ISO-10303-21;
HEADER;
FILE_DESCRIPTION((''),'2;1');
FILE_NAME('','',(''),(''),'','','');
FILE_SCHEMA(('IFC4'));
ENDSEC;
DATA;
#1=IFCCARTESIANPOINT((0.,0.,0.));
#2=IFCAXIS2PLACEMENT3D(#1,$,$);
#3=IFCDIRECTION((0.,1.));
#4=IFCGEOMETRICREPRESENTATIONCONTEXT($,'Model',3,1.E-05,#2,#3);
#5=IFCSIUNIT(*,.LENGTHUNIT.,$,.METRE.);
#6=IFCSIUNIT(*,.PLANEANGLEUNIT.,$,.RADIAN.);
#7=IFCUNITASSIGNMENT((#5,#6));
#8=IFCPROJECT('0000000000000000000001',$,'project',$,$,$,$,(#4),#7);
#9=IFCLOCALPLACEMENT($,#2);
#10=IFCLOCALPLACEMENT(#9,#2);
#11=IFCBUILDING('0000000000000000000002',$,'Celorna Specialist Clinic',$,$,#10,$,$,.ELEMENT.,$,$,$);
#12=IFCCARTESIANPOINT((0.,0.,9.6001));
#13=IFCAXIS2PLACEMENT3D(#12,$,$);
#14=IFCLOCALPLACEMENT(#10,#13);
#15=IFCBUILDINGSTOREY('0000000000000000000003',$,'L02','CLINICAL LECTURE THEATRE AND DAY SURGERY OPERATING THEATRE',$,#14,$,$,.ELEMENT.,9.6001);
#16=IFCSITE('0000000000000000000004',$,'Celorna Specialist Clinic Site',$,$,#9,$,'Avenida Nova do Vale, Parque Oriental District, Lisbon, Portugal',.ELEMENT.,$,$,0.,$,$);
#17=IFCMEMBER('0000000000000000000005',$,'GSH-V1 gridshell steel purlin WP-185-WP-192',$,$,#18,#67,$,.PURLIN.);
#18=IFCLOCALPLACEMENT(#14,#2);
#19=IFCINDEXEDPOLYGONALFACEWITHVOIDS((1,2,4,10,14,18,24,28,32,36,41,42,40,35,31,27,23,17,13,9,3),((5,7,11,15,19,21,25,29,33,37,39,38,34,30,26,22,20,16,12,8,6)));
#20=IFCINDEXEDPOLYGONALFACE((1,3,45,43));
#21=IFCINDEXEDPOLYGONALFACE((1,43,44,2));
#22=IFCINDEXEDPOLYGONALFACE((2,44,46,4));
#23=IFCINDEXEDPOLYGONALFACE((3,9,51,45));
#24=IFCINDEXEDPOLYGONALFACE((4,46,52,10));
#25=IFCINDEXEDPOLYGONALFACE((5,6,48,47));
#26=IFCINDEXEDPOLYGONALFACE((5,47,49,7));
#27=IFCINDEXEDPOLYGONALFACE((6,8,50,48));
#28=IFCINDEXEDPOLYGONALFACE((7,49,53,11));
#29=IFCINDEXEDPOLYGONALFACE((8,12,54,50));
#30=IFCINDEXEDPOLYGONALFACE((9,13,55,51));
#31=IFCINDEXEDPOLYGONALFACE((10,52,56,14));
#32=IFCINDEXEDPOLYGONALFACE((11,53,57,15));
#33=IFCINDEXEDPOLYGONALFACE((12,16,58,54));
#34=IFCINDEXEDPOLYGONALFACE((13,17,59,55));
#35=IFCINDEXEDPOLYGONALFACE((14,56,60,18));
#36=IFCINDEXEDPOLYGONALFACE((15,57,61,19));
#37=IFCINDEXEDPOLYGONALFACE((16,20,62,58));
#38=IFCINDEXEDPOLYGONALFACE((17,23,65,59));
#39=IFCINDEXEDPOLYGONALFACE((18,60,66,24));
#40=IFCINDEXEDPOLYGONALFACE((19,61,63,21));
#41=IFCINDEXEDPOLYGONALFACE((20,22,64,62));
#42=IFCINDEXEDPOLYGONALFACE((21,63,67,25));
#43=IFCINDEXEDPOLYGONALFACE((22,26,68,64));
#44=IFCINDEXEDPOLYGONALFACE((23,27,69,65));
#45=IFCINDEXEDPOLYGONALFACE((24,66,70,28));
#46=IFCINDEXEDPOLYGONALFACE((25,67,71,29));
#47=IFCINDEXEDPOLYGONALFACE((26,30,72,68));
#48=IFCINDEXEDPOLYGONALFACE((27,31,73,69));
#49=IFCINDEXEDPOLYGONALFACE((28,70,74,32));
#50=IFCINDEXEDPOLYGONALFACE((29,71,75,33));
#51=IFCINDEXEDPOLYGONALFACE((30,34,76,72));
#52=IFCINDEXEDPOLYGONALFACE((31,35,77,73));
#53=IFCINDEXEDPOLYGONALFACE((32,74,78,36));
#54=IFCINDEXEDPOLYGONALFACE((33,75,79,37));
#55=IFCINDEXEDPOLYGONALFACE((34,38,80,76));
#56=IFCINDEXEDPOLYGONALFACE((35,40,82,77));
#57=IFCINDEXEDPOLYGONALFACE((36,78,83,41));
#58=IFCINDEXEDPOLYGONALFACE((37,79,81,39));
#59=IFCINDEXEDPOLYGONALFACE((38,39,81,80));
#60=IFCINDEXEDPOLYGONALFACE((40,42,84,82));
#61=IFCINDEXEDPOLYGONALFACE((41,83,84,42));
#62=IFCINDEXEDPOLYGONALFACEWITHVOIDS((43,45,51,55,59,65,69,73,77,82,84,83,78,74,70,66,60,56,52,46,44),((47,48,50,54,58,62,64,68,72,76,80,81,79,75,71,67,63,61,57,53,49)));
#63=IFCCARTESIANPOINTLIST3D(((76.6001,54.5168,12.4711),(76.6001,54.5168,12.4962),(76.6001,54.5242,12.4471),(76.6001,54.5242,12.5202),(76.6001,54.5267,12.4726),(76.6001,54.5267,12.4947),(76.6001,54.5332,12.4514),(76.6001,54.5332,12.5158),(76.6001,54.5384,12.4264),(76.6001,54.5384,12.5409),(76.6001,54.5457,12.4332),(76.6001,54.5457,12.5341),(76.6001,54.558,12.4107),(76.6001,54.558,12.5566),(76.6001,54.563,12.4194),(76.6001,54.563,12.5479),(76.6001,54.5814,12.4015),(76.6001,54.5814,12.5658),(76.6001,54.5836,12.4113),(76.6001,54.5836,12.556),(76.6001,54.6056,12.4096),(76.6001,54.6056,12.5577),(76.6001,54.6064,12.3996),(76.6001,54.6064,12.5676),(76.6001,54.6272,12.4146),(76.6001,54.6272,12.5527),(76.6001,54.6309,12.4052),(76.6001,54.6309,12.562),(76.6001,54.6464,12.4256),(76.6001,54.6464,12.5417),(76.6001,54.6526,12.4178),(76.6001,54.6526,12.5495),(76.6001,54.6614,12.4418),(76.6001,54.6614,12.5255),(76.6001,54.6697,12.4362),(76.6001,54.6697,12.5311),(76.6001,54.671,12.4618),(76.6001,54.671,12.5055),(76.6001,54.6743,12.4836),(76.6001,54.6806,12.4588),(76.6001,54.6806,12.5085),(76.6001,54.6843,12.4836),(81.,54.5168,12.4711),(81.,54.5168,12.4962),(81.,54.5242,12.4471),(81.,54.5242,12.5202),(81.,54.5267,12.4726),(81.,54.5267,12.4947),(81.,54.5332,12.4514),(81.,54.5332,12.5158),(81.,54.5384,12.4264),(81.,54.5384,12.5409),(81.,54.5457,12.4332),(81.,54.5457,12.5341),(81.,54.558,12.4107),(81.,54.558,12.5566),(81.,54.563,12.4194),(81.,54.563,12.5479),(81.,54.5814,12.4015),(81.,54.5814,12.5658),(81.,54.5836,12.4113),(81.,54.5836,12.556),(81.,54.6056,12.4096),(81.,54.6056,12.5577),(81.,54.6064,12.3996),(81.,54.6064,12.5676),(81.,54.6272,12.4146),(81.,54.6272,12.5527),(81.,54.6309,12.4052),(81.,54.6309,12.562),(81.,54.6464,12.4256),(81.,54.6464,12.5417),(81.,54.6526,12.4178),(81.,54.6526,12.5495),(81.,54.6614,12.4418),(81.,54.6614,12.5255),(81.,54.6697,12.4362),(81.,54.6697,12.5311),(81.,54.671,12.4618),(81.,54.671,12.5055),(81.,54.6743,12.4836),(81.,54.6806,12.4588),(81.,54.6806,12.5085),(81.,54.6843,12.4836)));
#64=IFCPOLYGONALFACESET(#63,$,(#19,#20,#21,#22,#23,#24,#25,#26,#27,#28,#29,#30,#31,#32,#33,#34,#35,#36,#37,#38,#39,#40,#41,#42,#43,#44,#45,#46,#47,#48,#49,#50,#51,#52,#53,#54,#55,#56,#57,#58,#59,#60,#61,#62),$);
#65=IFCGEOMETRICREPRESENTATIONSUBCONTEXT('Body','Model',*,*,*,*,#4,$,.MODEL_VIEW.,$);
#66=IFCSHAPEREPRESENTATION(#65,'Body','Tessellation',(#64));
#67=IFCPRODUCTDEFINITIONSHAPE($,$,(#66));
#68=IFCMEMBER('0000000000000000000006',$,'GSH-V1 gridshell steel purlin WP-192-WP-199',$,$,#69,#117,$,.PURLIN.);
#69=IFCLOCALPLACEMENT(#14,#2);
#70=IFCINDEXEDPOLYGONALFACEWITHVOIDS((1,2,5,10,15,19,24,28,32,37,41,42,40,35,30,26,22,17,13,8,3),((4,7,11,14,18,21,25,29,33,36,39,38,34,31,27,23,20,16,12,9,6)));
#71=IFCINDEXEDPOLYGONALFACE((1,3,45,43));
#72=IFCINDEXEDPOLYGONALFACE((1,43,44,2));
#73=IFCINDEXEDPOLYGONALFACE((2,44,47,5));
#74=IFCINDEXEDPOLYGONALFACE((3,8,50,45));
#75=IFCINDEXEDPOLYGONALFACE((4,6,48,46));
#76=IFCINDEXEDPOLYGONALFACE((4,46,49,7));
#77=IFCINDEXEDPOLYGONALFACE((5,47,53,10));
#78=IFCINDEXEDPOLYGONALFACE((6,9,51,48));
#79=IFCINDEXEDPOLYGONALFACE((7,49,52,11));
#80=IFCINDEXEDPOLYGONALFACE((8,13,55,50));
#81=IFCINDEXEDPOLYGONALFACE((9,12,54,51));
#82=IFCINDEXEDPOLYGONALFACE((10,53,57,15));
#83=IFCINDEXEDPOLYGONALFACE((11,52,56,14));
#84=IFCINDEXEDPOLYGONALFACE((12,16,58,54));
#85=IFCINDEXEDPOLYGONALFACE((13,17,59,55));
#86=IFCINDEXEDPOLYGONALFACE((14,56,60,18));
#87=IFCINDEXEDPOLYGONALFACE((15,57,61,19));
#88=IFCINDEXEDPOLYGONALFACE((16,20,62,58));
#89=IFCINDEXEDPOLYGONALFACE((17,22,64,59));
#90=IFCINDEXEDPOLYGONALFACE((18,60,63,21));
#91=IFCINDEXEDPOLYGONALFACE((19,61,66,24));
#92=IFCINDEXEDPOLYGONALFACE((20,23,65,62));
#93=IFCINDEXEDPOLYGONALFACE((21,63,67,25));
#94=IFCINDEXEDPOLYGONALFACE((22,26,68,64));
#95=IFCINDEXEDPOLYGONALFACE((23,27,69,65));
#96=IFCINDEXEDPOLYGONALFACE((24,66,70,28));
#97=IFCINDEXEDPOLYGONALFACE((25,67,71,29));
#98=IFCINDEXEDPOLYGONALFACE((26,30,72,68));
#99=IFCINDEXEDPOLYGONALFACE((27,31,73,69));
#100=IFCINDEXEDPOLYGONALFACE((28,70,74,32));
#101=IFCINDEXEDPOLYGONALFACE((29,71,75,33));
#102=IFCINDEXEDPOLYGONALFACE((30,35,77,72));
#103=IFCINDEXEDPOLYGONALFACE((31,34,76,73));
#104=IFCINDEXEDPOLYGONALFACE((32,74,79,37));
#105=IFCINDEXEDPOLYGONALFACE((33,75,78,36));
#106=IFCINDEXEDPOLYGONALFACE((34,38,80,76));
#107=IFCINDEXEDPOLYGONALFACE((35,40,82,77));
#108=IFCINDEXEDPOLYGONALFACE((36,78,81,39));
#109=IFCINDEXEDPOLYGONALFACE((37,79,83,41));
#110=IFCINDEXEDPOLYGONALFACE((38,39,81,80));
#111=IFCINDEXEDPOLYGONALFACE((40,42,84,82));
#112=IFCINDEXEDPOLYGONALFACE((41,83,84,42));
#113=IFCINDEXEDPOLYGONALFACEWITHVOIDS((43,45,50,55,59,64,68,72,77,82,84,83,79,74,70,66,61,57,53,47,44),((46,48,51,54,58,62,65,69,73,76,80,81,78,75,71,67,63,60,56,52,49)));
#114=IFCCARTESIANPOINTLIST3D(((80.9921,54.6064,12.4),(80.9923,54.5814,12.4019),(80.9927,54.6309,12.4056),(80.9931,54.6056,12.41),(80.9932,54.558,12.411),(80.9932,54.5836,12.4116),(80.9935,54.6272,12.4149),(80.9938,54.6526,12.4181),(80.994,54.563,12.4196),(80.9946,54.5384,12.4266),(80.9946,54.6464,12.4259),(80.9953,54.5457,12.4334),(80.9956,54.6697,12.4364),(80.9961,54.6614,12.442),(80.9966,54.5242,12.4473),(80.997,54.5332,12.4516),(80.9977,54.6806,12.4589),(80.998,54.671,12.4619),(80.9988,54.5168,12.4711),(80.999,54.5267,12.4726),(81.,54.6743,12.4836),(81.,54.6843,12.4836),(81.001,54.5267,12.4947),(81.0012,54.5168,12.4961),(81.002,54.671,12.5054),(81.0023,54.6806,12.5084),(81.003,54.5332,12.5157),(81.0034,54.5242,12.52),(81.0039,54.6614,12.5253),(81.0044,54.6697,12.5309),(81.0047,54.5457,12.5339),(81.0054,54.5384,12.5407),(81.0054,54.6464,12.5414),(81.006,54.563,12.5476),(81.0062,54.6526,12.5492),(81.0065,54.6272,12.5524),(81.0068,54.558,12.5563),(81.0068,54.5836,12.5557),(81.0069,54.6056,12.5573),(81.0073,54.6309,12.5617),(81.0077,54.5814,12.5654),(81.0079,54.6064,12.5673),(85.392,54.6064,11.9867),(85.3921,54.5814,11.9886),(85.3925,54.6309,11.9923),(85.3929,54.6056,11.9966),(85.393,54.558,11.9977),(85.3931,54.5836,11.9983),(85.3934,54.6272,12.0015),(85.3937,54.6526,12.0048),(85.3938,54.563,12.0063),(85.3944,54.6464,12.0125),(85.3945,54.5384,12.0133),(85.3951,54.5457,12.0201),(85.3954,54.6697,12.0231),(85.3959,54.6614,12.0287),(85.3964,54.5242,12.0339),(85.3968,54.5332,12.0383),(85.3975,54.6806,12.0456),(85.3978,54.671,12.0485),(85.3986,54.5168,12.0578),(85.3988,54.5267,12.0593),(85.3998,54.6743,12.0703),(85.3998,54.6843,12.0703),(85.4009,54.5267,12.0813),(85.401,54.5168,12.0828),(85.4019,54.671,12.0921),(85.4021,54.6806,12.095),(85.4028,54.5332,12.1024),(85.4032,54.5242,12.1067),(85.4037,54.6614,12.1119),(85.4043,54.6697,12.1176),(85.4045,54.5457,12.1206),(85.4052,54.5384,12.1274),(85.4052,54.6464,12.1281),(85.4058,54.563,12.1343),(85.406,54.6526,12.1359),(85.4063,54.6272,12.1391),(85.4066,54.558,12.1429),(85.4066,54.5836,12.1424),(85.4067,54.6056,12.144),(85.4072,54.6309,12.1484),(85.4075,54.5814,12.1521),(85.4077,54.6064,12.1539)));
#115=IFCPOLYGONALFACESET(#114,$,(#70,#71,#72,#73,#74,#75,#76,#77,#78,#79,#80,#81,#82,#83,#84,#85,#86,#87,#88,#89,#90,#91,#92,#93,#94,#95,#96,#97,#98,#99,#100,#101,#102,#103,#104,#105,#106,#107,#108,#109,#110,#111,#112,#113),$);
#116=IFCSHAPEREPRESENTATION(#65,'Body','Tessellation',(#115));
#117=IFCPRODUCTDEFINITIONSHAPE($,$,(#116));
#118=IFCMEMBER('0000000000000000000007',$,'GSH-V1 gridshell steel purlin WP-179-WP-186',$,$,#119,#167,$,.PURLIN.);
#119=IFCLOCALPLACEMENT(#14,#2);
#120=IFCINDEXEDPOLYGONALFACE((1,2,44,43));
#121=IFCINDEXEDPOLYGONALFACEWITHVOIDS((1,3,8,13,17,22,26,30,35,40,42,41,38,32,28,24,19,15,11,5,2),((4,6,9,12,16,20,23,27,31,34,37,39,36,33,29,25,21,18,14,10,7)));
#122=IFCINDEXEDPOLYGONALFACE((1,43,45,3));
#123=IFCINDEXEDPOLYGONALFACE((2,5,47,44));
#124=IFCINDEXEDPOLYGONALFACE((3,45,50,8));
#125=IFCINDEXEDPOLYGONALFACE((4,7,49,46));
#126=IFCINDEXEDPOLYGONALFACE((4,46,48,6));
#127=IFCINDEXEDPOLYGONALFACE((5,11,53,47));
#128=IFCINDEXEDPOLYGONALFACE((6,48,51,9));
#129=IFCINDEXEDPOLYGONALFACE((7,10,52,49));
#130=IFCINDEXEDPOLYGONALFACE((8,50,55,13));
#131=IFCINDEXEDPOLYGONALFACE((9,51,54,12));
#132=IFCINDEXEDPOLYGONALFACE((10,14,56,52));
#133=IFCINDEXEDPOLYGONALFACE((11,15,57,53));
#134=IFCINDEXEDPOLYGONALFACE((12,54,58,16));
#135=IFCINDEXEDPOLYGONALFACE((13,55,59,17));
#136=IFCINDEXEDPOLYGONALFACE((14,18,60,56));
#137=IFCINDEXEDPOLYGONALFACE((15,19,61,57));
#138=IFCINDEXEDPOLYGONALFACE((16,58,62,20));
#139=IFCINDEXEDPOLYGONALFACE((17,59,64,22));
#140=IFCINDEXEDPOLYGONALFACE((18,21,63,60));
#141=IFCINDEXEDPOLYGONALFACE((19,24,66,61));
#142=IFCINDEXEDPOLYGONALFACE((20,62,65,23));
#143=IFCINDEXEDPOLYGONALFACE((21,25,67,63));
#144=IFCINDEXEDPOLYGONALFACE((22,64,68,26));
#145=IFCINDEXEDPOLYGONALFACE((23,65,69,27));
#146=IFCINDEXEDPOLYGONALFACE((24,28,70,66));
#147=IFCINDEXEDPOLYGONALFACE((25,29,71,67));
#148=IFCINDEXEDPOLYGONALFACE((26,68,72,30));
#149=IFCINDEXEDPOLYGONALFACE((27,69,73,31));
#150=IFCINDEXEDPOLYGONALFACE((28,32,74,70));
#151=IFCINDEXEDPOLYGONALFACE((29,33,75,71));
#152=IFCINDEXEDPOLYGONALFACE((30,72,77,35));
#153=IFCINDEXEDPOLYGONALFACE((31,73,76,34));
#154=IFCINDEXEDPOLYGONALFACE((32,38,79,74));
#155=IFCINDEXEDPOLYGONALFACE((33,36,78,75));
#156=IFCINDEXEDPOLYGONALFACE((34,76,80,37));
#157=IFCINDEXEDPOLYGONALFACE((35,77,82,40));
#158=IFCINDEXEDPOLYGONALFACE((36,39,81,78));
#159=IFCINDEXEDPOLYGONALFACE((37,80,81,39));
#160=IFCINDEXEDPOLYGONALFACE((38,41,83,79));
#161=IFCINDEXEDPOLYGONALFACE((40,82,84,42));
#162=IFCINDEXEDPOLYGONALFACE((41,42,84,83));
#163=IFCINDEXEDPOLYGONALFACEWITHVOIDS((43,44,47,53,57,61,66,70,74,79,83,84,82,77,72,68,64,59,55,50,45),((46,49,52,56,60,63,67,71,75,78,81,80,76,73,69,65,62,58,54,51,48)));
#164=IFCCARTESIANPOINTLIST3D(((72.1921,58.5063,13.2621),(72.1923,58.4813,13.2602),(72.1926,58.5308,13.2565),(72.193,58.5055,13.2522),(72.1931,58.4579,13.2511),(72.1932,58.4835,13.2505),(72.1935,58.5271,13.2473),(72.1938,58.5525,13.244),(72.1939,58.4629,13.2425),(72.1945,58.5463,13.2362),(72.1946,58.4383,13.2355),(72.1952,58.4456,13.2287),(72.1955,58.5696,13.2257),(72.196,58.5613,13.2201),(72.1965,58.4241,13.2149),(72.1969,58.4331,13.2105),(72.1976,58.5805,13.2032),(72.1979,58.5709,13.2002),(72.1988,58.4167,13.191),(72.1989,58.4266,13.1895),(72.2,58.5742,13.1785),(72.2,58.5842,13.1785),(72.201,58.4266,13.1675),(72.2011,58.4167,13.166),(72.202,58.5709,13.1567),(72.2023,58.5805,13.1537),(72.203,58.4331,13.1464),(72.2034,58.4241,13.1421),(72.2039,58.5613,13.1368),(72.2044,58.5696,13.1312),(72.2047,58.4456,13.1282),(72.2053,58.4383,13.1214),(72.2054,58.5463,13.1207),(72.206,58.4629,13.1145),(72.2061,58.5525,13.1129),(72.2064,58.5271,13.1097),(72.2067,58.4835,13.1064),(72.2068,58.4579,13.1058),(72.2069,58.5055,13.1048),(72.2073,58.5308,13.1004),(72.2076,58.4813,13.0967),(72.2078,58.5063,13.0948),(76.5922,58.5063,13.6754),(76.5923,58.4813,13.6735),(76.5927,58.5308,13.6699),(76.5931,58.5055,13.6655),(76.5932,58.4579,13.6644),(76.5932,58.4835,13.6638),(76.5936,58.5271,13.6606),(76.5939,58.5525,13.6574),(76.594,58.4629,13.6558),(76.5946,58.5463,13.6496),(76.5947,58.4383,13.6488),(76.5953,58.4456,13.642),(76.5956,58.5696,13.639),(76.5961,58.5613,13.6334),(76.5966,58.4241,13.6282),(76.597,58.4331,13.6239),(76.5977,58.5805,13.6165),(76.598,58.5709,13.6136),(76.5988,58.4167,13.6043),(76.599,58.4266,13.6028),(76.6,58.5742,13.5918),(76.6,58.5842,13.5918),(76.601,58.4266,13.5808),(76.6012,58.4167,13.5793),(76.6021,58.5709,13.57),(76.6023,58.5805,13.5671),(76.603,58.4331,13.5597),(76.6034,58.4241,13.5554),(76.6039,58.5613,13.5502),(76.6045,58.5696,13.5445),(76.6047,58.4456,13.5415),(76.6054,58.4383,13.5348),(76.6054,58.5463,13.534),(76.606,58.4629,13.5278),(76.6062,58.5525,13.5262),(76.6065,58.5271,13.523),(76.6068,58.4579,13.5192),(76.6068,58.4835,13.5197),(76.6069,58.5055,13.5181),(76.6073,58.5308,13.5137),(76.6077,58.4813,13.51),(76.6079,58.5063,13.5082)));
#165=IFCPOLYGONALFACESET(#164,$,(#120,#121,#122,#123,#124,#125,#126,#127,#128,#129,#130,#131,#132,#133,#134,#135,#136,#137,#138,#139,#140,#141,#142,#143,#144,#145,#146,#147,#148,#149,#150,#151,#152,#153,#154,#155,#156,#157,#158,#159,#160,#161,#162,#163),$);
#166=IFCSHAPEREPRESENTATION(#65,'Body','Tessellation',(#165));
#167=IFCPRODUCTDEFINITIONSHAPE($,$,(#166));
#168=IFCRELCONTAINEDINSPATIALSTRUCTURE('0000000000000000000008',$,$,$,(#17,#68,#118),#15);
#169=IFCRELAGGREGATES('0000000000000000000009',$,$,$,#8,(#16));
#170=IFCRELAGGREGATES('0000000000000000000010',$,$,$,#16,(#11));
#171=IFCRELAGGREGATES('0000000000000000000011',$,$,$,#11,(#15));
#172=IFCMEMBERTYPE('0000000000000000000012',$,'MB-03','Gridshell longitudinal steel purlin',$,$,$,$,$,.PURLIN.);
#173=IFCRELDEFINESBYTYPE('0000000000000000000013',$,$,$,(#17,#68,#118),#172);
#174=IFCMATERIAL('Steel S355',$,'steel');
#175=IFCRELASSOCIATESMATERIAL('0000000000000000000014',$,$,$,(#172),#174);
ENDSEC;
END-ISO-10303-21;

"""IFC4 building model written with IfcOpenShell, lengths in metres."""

from ifc_helpers import new_model, si_unit, direction, frame, origin, origin_2d, place, context, subcontext, project, spatial, hollow_circle, extrude, material, material_profile, profile_set, type_object, element, save


model = new_model("IFC4")

# Units and contexts
model_context = context("Model", 3, precision=1e-05, world=origin(), true_north=direction((0.0, 1.0)))
body_context = subcontext(model_context, "Body", "Model", "MODEL_VIEW")
ifc_project = project(units=[si_unit("LENGTHUNIT", "METRE"), si_unit("PLANEANGLEUNIT", "RADIAN")], contexts=[model_context])

# Site, building, storey
site_placement = place(None, origin())
site = spatial("IfcSite", under=ifc_project, at=site_placement, Name="Celorna Specialist Clinic Site", LongName="Avenida Nova do Vale, Parque Oriental District, Lisbon, Portugal", CompositionType="ELEMENT", RefElevation=0.0)
building_placement = place(site_placement, origin())
building = spatial("IfcBuilding", under=site, at=building_placement, Name="Celorna Specialist Clinic", CompositionType="ELEMENT")
storey_placement = place(building_placement, frame((0.0, 0.0, 9.6001)))
storey = spatial("IfcBuildingStorey", under=building, at=storey_placement, Name="L02", Description="CLINICAL LECTURE THEATRE AND DAY SURGERY OPERATING THEATRE", CompositionType="ELEMENT", Elevation=9.6001)

# Shared definitions
ifc_material_1 = material(Name="Steel S355", Category="steel")

# Members
ifc_material_profile_1 = material_profile(ifc_material_1, hollow_circle(Radius=0.0842, WallThickness=0.01, at=origin_2d()), Name="CHS 168.3x10")
ifc_profile_set_1 = profile_set([ifc_material_profile_1], Name="Steel S355")
member_type_1 = type_object("IfcMemberType", Name="MB-03", Description="Gridshell longitudinal steel purlin", PredefinedType="PURLIN", material=ifc_profile_set_1)
member_1_placement = place(storey_placement, frame((76.6001, 54.6001, 12.4836), z_axis=(1.0, 0.0, 0.0), x_axis=(0.0, 1.0, 0.0)))
element("IfcMember", 1, at=member_1_placement, inside=storey, type_object=member_type_1, Name="GSH-V1 gridshell steel purlin WP-185-WP-192", PredefinedType="PURLIN", context=body_context, shape_type="SweptSolid", body=[
    extrude(hollow_circle(Radius=0.0842, WallThickness=0.01, at=origin_2d()), origin(), (0.0, 0.0, 1.0), 4.3999),
])
member_2_placement = place(storey_placement, frame((81.0, 54.6001, 12.4836), z_axis=(0.995617, 0.0, -0.093529), x_axis=(0.0, 1.0, 0.0)))
element("IfcMember", 2, at=member_2_placement, inside=storey, type_object=member_type_1, Name="GSH-V1 gridshell steel purlin WP-192-WP-199", PredefinedType="PURLIN", context=body_context, shape_type="SweptSolid", body=[
    extrude(hollow_circle(Radius=0.0842, WallThickness=0.01, at=origin_2d()), origin(), (0.0, 0.0, 1.0), 4.4192),
])
member_3_placement = place(storey_placement, frame((72.2, 58.5, 13.1785), z_axis=(0.995617, 0.0, 0.093524), x_axis=(0.0, 1.0, 0.0)))
element("IfcMember", 3, at=member_3_placement, inside=storey, type_object=member_type_1, Name="GSH-V1 gridshell steel purlin WP-179-WP-186", PredefinedType="PURLIN", context=body_context, shape_type="SweptSolid", body=[
    extrude(hollow_circle(Radius=0.0842, WallThickness=0.01, at=origin_2d()), origin(), (0.0, 0.0, 1.0), 4.4194),
])

save(model, "model.ifc")
